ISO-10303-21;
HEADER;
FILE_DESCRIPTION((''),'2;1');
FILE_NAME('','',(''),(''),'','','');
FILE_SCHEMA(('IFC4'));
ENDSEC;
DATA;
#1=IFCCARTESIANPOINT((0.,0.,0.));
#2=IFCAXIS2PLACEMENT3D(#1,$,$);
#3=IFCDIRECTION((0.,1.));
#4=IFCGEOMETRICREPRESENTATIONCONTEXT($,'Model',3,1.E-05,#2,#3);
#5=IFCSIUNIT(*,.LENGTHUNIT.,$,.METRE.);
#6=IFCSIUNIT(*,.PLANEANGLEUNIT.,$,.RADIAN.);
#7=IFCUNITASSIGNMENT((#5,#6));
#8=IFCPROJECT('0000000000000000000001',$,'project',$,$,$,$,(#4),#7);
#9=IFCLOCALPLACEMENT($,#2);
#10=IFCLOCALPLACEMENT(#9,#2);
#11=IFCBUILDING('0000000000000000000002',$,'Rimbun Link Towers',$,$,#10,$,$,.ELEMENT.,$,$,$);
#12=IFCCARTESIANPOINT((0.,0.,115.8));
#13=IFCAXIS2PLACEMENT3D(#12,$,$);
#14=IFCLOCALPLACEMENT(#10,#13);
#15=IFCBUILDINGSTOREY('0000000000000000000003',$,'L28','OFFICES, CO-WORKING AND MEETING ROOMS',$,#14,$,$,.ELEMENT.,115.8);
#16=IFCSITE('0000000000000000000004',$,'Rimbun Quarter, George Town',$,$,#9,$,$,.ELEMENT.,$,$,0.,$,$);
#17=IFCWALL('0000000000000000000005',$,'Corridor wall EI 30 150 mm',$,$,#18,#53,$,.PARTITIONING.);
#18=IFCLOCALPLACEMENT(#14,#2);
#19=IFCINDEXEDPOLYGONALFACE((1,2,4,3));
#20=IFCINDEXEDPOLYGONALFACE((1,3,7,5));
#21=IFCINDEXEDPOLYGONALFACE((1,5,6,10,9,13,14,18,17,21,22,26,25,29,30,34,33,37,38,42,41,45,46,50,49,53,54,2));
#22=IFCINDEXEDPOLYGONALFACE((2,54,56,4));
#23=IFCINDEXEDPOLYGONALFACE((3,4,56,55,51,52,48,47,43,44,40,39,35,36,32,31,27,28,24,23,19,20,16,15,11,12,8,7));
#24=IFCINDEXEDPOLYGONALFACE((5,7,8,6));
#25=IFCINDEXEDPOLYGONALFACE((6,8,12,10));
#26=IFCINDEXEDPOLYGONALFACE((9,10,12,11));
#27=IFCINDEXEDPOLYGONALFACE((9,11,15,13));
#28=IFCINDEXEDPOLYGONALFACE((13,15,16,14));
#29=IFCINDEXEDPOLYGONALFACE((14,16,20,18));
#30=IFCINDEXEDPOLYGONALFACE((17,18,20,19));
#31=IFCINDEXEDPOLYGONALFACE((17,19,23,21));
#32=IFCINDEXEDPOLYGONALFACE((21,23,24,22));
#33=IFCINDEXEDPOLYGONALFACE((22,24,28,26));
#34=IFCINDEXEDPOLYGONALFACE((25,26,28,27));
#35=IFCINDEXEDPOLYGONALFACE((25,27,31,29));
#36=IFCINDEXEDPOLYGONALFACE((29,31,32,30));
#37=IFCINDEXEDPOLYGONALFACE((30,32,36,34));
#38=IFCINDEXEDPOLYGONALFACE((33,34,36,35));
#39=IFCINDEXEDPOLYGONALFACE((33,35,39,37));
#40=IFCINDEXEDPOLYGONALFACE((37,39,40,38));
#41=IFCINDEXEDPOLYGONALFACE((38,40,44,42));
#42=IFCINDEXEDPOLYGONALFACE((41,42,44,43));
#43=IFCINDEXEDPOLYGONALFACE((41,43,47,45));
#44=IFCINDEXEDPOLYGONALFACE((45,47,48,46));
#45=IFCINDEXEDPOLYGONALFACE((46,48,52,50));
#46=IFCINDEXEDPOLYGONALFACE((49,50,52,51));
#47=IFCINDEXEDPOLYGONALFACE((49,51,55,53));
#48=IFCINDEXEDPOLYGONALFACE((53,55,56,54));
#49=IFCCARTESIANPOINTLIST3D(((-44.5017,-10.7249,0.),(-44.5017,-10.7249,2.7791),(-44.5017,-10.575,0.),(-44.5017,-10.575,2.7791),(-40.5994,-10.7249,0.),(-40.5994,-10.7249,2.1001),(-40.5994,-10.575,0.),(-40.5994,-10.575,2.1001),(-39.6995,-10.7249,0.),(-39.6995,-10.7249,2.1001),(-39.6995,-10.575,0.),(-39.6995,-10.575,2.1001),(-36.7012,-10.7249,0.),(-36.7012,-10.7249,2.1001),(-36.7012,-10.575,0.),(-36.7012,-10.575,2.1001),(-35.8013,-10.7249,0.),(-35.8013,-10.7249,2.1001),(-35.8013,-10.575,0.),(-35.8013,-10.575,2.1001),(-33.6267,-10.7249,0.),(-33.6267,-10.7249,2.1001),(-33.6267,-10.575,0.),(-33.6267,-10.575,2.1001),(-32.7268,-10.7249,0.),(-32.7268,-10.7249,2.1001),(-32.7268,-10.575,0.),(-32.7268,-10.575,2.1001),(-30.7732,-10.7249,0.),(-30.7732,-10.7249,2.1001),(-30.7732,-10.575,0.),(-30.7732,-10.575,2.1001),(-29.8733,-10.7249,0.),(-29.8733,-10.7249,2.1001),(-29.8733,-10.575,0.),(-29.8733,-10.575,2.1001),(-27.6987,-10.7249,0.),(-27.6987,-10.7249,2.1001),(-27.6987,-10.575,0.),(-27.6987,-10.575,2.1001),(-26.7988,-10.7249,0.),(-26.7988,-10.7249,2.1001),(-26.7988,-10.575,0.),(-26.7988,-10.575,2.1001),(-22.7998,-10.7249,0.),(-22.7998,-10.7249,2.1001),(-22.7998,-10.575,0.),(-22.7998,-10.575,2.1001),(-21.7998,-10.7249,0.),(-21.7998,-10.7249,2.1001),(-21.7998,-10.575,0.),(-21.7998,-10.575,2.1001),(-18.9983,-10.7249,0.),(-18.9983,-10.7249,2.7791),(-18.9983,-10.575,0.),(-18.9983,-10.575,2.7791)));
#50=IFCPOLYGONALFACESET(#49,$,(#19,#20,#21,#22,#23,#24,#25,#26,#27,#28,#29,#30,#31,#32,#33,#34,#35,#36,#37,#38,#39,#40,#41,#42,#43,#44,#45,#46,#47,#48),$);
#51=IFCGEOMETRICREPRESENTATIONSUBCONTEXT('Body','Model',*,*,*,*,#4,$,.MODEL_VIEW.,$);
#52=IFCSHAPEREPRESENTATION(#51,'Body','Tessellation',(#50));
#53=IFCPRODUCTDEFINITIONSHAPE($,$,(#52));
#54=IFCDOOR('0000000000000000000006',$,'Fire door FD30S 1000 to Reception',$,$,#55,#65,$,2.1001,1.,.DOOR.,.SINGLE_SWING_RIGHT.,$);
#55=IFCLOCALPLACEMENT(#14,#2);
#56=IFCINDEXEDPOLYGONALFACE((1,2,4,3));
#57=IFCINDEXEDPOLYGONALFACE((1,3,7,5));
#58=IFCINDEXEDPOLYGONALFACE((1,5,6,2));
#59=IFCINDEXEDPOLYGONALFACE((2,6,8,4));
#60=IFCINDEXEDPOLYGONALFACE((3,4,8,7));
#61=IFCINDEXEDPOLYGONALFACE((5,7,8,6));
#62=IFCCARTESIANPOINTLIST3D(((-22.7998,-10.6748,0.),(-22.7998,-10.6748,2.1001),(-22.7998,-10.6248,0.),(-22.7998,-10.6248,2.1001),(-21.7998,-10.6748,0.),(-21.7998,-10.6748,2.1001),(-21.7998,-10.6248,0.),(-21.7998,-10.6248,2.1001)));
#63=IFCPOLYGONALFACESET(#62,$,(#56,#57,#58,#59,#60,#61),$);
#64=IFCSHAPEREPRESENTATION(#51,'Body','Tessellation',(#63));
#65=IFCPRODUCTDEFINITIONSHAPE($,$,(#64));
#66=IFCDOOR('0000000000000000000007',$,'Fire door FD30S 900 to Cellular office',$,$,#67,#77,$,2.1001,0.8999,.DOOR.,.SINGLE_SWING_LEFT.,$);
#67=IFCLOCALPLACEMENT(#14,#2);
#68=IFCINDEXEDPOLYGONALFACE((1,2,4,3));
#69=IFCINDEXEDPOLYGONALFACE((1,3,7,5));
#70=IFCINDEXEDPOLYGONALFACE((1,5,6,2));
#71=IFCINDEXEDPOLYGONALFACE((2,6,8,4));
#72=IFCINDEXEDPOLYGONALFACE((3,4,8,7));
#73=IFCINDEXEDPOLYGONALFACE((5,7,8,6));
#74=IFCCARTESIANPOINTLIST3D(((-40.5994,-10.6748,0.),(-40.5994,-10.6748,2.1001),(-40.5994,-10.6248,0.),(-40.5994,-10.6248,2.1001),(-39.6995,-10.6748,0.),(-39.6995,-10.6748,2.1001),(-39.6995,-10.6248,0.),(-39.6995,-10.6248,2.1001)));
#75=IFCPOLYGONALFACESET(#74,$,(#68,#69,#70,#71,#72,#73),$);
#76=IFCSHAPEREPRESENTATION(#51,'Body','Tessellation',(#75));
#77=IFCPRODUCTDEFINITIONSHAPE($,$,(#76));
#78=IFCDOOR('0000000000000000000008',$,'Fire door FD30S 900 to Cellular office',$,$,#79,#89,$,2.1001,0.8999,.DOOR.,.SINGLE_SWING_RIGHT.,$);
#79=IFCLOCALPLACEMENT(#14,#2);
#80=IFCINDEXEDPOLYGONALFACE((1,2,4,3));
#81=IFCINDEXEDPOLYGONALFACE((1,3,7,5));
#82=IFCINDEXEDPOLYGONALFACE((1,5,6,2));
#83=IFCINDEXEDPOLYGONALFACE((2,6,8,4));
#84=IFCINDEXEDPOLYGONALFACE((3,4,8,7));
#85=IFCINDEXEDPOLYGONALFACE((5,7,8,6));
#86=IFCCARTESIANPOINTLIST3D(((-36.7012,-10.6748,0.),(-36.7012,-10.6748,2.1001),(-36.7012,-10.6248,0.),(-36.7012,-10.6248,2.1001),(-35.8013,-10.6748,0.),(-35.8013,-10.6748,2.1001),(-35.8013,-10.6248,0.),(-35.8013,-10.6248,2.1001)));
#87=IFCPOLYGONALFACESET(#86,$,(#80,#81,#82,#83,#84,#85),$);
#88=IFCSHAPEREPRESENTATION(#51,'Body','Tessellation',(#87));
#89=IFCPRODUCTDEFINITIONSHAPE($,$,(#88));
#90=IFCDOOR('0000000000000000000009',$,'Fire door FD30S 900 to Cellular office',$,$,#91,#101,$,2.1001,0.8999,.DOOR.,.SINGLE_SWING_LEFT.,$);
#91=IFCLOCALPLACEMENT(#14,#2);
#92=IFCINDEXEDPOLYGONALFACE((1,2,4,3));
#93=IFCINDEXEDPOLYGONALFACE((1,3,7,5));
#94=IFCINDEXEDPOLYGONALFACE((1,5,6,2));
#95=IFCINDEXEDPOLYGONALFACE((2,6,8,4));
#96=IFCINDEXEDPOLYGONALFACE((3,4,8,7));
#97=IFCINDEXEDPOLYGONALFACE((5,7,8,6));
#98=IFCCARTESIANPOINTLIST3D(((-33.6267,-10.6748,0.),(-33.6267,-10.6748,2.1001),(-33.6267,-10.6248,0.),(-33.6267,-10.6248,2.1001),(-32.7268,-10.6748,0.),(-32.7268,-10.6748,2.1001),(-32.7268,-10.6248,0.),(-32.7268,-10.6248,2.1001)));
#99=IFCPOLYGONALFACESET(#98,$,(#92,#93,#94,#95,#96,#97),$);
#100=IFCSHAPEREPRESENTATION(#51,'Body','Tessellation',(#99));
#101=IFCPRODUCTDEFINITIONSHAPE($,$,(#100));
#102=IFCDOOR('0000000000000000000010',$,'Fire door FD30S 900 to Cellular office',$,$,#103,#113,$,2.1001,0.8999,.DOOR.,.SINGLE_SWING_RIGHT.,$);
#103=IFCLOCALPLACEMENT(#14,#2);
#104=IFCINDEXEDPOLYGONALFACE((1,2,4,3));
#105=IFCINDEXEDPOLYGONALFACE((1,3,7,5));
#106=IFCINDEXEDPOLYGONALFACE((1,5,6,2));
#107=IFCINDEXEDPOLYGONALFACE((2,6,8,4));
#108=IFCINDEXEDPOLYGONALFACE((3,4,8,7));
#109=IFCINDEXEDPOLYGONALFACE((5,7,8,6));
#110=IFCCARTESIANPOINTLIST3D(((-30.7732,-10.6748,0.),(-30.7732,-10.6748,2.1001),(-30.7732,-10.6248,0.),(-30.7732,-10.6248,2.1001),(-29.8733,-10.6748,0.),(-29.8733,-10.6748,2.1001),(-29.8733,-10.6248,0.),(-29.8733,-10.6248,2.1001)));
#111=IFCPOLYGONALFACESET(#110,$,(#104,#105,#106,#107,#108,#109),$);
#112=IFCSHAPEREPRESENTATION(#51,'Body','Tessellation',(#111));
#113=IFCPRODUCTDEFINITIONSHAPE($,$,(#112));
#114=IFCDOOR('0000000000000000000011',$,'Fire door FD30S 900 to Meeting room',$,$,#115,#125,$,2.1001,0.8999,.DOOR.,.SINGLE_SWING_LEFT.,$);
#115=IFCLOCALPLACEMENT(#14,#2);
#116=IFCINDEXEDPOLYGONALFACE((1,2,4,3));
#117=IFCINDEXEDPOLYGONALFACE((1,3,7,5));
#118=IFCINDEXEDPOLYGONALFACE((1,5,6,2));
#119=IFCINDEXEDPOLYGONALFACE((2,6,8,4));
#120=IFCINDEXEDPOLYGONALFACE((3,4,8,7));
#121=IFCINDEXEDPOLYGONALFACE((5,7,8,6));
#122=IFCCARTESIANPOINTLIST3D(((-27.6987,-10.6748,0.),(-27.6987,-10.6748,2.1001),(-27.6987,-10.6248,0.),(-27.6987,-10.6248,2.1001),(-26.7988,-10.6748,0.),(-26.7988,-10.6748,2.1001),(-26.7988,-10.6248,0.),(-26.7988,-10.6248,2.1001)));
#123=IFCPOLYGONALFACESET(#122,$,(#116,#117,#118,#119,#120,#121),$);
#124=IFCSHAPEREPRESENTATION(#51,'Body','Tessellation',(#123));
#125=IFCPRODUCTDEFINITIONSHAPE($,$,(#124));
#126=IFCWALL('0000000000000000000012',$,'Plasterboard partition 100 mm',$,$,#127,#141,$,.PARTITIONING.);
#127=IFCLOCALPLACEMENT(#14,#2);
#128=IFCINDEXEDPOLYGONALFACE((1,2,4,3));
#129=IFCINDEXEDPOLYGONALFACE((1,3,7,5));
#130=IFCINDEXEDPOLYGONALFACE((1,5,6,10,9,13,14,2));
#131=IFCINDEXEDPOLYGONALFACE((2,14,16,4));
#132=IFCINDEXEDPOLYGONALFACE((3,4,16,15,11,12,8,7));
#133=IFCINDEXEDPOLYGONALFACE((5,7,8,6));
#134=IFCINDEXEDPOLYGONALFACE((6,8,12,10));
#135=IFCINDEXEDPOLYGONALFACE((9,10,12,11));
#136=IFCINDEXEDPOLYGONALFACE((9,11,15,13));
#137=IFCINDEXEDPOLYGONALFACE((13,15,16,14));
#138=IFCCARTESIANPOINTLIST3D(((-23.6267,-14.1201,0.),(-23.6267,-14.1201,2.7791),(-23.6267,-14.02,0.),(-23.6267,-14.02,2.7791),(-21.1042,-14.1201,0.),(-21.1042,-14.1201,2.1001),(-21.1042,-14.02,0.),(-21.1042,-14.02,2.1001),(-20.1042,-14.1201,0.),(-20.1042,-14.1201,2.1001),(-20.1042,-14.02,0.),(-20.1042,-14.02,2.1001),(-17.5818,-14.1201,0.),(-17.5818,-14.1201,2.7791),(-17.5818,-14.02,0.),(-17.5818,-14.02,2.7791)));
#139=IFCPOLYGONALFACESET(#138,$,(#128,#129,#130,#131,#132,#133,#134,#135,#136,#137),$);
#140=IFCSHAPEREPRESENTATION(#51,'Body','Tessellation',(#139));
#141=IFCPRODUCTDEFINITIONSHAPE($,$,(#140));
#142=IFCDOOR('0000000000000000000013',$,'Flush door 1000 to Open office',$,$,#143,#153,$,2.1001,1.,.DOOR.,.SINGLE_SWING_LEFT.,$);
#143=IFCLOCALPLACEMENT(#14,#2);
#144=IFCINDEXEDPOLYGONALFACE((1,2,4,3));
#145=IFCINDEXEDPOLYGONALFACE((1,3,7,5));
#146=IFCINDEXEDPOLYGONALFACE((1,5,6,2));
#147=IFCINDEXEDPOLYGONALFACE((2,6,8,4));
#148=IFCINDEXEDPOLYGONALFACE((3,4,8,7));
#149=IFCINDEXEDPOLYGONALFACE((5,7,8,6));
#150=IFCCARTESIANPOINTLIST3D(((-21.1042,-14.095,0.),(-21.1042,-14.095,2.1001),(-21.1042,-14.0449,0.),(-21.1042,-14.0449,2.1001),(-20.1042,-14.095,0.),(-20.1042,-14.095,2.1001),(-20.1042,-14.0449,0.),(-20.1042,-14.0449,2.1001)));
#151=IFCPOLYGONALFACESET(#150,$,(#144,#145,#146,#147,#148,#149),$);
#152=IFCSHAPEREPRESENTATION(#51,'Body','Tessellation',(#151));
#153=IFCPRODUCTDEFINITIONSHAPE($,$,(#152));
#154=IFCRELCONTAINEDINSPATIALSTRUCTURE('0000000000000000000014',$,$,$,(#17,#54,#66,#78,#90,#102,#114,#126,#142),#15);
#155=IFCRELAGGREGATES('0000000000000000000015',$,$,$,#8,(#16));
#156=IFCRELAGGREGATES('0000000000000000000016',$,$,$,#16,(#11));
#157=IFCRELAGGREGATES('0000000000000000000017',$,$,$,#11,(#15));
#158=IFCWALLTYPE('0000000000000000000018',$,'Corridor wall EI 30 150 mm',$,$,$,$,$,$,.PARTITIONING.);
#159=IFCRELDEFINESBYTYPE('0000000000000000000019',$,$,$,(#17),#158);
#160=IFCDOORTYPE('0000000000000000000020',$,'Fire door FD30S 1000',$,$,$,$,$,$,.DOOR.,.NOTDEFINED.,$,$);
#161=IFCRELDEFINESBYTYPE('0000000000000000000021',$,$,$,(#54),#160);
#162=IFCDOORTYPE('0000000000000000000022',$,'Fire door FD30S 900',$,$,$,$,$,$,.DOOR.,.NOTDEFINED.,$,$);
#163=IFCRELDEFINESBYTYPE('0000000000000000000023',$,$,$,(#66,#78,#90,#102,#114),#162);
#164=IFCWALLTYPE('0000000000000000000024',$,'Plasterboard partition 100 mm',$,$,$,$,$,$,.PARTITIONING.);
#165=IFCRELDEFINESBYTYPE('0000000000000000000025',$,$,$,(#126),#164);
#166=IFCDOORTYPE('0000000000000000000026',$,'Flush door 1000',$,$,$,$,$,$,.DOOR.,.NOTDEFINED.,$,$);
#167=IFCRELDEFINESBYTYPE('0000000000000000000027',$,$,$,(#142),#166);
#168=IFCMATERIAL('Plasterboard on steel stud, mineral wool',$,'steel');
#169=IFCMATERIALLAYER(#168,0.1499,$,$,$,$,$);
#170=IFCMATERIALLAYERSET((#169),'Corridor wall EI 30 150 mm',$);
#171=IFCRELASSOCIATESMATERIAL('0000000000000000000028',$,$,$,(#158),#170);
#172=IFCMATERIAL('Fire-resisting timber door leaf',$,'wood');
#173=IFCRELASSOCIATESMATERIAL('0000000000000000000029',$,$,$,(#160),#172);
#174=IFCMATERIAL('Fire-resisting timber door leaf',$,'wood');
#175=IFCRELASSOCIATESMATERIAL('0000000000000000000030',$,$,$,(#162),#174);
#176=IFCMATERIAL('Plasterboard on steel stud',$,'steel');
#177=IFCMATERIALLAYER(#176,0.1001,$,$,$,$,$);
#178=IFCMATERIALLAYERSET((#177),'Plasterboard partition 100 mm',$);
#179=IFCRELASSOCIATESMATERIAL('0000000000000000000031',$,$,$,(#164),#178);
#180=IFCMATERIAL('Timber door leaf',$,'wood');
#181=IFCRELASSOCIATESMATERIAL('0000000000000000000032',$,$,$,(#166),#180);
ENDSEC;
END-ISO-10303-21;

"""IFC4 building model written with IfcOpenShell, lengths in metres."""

from ifc_helpers import new_model, si_unit, direction, frame, frame_2d, origin, place, context, subcontext, project, spatial, rectangle, extrude, material, layer, layer_set, type_object, element, fill, save


model = new_model("IFC4")

# Units and contexts
model_context = context("Model", 3, precision=1e-05, world=origin(), true_north=direction((0.0, 1.0)))
body_context = subcontext(model_context, "Body", "Model", "MODEL_VIEW")
ifc_project = project(units=[si_unit("LENGTHUNIT", "METRE"), si_unit("PLANEANGLEUNIT", "RADIAN")], contexts=[model_context])

# Site, building, storey
site_placement = place(None, origin())
site = spatial("IfcSite", under=ifc_project, at=site_placement, Name="Rimbun Quarter, George Town", CompositionType="ELEMENT", RefElevation=0.0)
building_placement = place(site_placement, origin())
building = spatial("IfcBuilding", under=site, at=building_placement, Name="Rimbun Link Towers", CompositionType="ELEMENT")
storey_placement = place(building_placement, frame((0.0, 0.0, 115.8)))
storey = spatial("IfcBuildingStorey", under=building, at=storey_placement, Name="L28", Description="OFFICES, CO-WORKING AND MEETING ROOMS", CompositionType="ELEMENT", Elevation=115.8)

# Wall, openings, doors
ifc_material_1 = material(Name="Plasterboard on steel stud, mineral wool", Category="steel")
ifc_layer_1 = layer(ifc_material_1, 0.1499)
ifc_layer_set_1 = layer_set([ifc_layer_1], Name="Corridor wall EI 30 150 mm")
wall_type_1 = type_object("IfcWallType", Name="Corridor wall EI 30 150 mm", PredefinedType="PARTITIONING", material=ifc_layer_set_1)
wall_1_placement = place(storey_placement, frame((-18.9983, -10.6499, 0.0), z_axis=(0.0, 0.0, 1.0), x_axis=(-1.0, 0.0, 0.0)))
wall_1 = element("IfcWall", 1, at=wall_1_placement, inside=storey, type_object=wall_type_1, Name="Corridor wall EI 30 150 mm", PredefinedType="PARTITIONING", context=body_context, shape_type="SweptSolid", body=[
    extrude(rectangle(XDim=25.5034, YDim=0.1499, at=frame_2d((12.7517, 0.0))), origin(), (0.0, 0.0, 1.0), 2.7791),
])
opening_1_placement = place(wall_1_placement, frame((20.7012, 0.0, 0.0)))
opening_1 = element("IfcOpeningElement", 2, at=opening_1_placement, cuts=wall_1, PredefinedType="OPENING", context=body_context, shape_type="SweptSolid", body=[
    extrude(rectangle(XDim=0.8999, YDim=2.1001, at=frame_2d((0.45, 1.05))), frame((0.0, 0.085, 0.0), z_axis=(0.0, -1.0, 0.0), x_axis=(1.0, 0.0, 0.0)), (0.0, 0.0, 1.0), 0.1699),
])
opening_2_placement = place(wall_1_placement, frame((16.803, 0.0, 0.0)))
opening_2 = element("IfcOpeningElement", 3, at=opening_2_placement, cuts=wall_1, PredefinedType="OPENING", context=body_context, shape_type="SweptSolid", body=[
    extrude(rectangle(XDim=0.8999, YDim=2.1001, at=frame_2d((0.45, 1.05))), frame((0.0, 0.085, 0.0), z_axis=(0.0, -1.0, 0.0), x_axis=(1.0, 0.0, 0.0)), (0.0, 0.0, 1.0), 0.1699),
])
opening_3_placement = place(wall_1_placement, frame((13.7285, 0.0, 0.0)))
opening_3 = element("IfcOpeningElement", 4, at=opening_3_placement, cuts=wall_1, PredefinedType="OPENING", context=body_context, shape_type="SweptSolid", body=[
    extrude(rectangle(XDim=0.8999, YDim=2.1001, at=frame_2d((0.45, 1.05))), frame((0.0, 0.085, 0.0), z_axis=(0.0, -1.0, 0.0), x_axis=(1.0, 0.0, 0.0)), (0.0, 0.0, 1.0), 0.1699),
])
opening_4_placement = place(wall_1_placement, frame((10.875, 0.0, 0.0)))
opening_4 = element("IfcOpeningElement", 5, at=opening_4_placement, cuts=wall_1, PredefinedType="OPENING", context=body_context, shape_type="SweptSolid", body=[
    extrude(rectangle(XDim=0.8999, YDim=2.1001, at=frame_2d((0.45, 1.05))), frame((0.0, 0.085, 0.0), z_axis=(0.0, -1.0, 0.0), x_axis=(1.0, 0.0, 0.0)), (0.0, 0.0, 1.0), 0.1699),
])
opening_5_placement = place(wall_1_placement, frame((7.8005, 0.0, 0.0)))
opening_5 = element("IfcOpeningElement", 6, at=opening_5_placement, cuts=wall_1, PredefinedType="OPENING", context=body_context, shape_type="SweptSolid", body=[
    extrude(rectangle(XDim=0.8999, YDim=2.1001, at=frame_2d((0.45, 1.05))), frame((0.0, 0.085, 0.0), z_axis=(0.0, -1.0, 0.0), x_axis=(1.0, 0.0, 0.0)), (0.0, 0.0, 1.0), 0.1699),
])
opening_6_placement = place(wall_1_placement, frame((2.8015, 0.0, 0.0)))
opening_6 = element("IfcOpeningElement", 7, at=opening_6_placement, cuts=wall_1, PredefinedType="OPENING", context=body_context, shape_type="SweptSolid", body=[
    extrude(rectangle(XDim=1.0, YDim=2.1001, at=frame_2d((0.5, 1.05))), frame((0.0, 0.085, 0.0), z_axis=(0.0, -1.0, 0.0), x_axis=(1.0, 0.0, 0.0)), (0.0, 0.0, 1.0), 0.1699),
])
ifc_material_2 = material(Name="Fire-resisting timber door leaf", Category="wood")
door_type_1 = type_object("IfcDoorType", Name="Fire door FD30S 1000", OperationType="NOTDEFINED", PredefinedType="DOOR", material=ifc_material_2)
door_1_placement = place(opening_6_placement, origin())
door_1 = element("IfcDoor", 8, at=door_1_placement, inside=storey, type_object=door_type_1, Name="Fire door FD30S 1000 to Reception", OperationType="SINGLE_SWING_RIGHT", OverallHeight=2.1001, OverallWidth=1.0, PredefinedType="DOOR", context=body_context, shape_type="SweptSolid", body=[
    extrude(rectangle(XDim=1.0, YDim=2.1001, at=frame_2d((0.5, 1.05))), frame((0.0, 0.0249, 0.0), z_axis=(0.0, -1.0, 0.0), x_axis=(1.0, 0.0, 0.0)), (0.0, 0.0, 1.0), 0.05),
])
fill(opening_6, door_1)
ifc_material_3 = material(Name="Fire-resisting timber door leaf", Category="wood")
door_type_2 = type_object("IfcDoorType", Name="Fire door FD30S 900", OperationType="NOTDEFINED", PredefinedType="DOOR", material=ifc_material_3)
door_2_placement = place(opening_1_placement, origin())
door_2 = element("IfcDoor", 9, at=door_2_placement, inside=storey, type_object=door_type_2, Name="Fire door FD30S 900 to Cellular office", OperationType="SINGLE_SWING_LEFT", OverallHeight=2.1001, OverallWidth=0.8999, PredefinedType="DOOR", context=body_context, shape_type="SweptSolid", body=[
    extrude(rectangle(XDim=0.8999, YDim=2.1001, at=frame_2d((0.45, 1.05))), frame((0.0, 0.0249, 0.0), z_axis=(0.0, -1.0, 0.0), x_axis=(1.0, 0.0, 0.0)), (0.0, 0.0, 1.0), 0.05),
])
fill(opening_1, door_2)
door_3_placement = place(opening_2_placement, origin())
door_3 = element("IfcDoor", 10, at=door_3_placement, inside=storey, type_object=door_type_2, Name="Fire door FD30S 900 to Cellular office", OperationType="SINGLE_SWING_RIGHT", OverallHeight=2.1001, OverallWidth=0.8999, PredefinedType="DOOR", context=body_context, shape_type="SweptSolid", body=[
    extrude(rectangle(XDim=0.8999, YDim=2.1001, at=frame_2d((0.45, 1.05))), frame((0.0, 0.0249, 0.0), z_axis=(0.0, -1.0, 0.0), x_axis=(1.0, 0.0, 0.0)), (0.0, 0.0, 1.0), 0.05),
])
fill(opening_2, door_3)
door_4_placement = place(opening_3_placement, origin())
door_4 = element("IfcDoor", 11, at=door_4_placement, inside=storey, type_object=door_type_2, Name="Fire door FD30S 900 to Cellular office", OperationType="SINGLE_SWING_LEFT", OverallHeight=2.1001, OverallWidth=0.8999, PredefinedType="DOOR", context=body_context, shape_type="SweptSolid", body=[
    extrude(rectangle(XDim=0.8999, YDim=2.1001, at=frame_2d((0.45, 1.05))), frame((0.0, 0.0249, 0.0), z_axis=(0.0, -1.0, 0.0), x_axis=(1.0, 0.0, 0.0)), (0.0, 0.0, 1.0), 0.05),
])
fill(opening_3, door_4)
door_5_placement = place(opening_4_placement, origin())
door_5 = element("IfcDoor", 12, at=door_5_placement, inside=storey, type_object=door_type_2, Name="Fire door FD30S 900 to Cellular office", OperationType="SINGLE_SWING_RIGHT", OverallHeight=2.1001, OverallWidth=0.8999, PredefinedType="DOOR", context=body_context, shape_type="SweptSolid", body=[
    extrude(rectangle(XDim=0.8999, YDim=2.1001, at=frame_2d((0.45, 1.05))), frame((0.0, 0.0249, 0.0), z_axis=(0.0, -1.0, 0.0), x_axis=(1.0, 0.0, 0.0)), (0.0, 0.0, 1.0), 0.05),
])
fill(opening_4, door_5)
door_6_placement = place(opening_5_placement, origin())
door_6 = element("IfcDoor", 13, at=door_6_placement, inside=storey, type_object=door_type_2, Name="Fire door FD30S 900 to Meeting room", OperationType="SINGLE_SWING_LEFT", OverallHeight=2.1001, OverallWidth=0.8999, PredefinedType="DOOR", context=body_context, shape_type="SweptSolid", body=[
    extrude(rectangle(XDim=0.8999, YDim=2.1001, at=frame_2d((0.45, 1.05))), frame((0.0, 0.0249, 0.0), z_axis=(0.0, -1.0, 0.0), x_axis=(1.0, 0.0, 0.0)), (0.0, 0.0, 1.0), 0.05),
])
fill(opening_5, door_6)

# Wall, opening, door
ifc_material_4 = material(Name="Plasterboard on steel stud", Category="steel")
ifc_layer_2 = layer(ifc_material_4, 0.1001)
ifc_layer_set_2 = layer_set([ifc_layer_2], Name="Plasterboard partition 100 mm")
wall_type_2 = type_object("IfcWallType", Name="Plasterboard partition 100 mm", PredefinedType="PARTITIONING", material=ifc_layer_set_2)
wall_2_placement = place(storey_placement, frame((-17.5818, -14.0701, 0.0), z_axis=(0.0, 0.0, 1.0), x_axis=(-1.0, 0.0, 0.0)))
wall_2 = element("IfcWall", 14, at=wall_2_placement, inside=storey, type_object=wall_type_2, Name="Plasterboard partition 100 mm", PredefinedType="PARTITIONING", context=body_context, shape_type="SweptSolid", body=[
    extrude(rectangle(XDim=6.0449, YDim=0.1001, at=frame_2d((3.0225, 0.0))), origin(), (0.0, 0.0, 1.0), 2.7791),
])
opening_7_placement = place(wall_2_placement, frame((2.5225, 0.0, 0.0)))
opening_7 = element("IfcOpeningElement", 15, at=opening_7_placement, cuts=wall_2, PredefinedType="OPENING", context=body_context, shape_type="SweptSolid", body=[
    extrude(rectangle(XDim=1.0, YDim=2.1001, at=frame_2d((0.5, 1.05))), frame((0.0, 0.0601, 0.0), z_axis=(0.0, -1.0, 0.0), x_axis=(1.0, 0.0, 0.0)), (0.0, 0.0, 1.0), 0.1201),
])
ifc_material_5 = material(Name="Timber door leaf", Category="wood")
door_type_3 = type_object("IfcDoorType", Name="Flush door 1000", OperationType="NOTDEFINED", PredefinedType="DOOR", material=ifc_material_5)
door_7_placement = place(opening_7_placement, origin())
door_7 = element("IfcDoor", 16, at=door_7_placement, inside=storey, type_object=door_type_3, Name="Flush door 1000 to Open office", OperationType="SINGLE_SWING_LEFT", OverallHeight=2.1001, OverallWidth=1.0, PredefinedType="DOOR", context=body_context, shape_type="SweptSolid", body=[
    extrude(rectangle(XDim=1.0, YDim=2.1001, at=frame_2d((0.5, 1.05))), frame((0.0, 0.0249, 0.0), z_axis=(0.0, -1.0, 0.0), x_axis=(1.0, 0.0, 0.0)), (0.0, 0.0, 1.0), 0.05),
])
fill(opening_7, door_7)

save(model, "model.ifc")
